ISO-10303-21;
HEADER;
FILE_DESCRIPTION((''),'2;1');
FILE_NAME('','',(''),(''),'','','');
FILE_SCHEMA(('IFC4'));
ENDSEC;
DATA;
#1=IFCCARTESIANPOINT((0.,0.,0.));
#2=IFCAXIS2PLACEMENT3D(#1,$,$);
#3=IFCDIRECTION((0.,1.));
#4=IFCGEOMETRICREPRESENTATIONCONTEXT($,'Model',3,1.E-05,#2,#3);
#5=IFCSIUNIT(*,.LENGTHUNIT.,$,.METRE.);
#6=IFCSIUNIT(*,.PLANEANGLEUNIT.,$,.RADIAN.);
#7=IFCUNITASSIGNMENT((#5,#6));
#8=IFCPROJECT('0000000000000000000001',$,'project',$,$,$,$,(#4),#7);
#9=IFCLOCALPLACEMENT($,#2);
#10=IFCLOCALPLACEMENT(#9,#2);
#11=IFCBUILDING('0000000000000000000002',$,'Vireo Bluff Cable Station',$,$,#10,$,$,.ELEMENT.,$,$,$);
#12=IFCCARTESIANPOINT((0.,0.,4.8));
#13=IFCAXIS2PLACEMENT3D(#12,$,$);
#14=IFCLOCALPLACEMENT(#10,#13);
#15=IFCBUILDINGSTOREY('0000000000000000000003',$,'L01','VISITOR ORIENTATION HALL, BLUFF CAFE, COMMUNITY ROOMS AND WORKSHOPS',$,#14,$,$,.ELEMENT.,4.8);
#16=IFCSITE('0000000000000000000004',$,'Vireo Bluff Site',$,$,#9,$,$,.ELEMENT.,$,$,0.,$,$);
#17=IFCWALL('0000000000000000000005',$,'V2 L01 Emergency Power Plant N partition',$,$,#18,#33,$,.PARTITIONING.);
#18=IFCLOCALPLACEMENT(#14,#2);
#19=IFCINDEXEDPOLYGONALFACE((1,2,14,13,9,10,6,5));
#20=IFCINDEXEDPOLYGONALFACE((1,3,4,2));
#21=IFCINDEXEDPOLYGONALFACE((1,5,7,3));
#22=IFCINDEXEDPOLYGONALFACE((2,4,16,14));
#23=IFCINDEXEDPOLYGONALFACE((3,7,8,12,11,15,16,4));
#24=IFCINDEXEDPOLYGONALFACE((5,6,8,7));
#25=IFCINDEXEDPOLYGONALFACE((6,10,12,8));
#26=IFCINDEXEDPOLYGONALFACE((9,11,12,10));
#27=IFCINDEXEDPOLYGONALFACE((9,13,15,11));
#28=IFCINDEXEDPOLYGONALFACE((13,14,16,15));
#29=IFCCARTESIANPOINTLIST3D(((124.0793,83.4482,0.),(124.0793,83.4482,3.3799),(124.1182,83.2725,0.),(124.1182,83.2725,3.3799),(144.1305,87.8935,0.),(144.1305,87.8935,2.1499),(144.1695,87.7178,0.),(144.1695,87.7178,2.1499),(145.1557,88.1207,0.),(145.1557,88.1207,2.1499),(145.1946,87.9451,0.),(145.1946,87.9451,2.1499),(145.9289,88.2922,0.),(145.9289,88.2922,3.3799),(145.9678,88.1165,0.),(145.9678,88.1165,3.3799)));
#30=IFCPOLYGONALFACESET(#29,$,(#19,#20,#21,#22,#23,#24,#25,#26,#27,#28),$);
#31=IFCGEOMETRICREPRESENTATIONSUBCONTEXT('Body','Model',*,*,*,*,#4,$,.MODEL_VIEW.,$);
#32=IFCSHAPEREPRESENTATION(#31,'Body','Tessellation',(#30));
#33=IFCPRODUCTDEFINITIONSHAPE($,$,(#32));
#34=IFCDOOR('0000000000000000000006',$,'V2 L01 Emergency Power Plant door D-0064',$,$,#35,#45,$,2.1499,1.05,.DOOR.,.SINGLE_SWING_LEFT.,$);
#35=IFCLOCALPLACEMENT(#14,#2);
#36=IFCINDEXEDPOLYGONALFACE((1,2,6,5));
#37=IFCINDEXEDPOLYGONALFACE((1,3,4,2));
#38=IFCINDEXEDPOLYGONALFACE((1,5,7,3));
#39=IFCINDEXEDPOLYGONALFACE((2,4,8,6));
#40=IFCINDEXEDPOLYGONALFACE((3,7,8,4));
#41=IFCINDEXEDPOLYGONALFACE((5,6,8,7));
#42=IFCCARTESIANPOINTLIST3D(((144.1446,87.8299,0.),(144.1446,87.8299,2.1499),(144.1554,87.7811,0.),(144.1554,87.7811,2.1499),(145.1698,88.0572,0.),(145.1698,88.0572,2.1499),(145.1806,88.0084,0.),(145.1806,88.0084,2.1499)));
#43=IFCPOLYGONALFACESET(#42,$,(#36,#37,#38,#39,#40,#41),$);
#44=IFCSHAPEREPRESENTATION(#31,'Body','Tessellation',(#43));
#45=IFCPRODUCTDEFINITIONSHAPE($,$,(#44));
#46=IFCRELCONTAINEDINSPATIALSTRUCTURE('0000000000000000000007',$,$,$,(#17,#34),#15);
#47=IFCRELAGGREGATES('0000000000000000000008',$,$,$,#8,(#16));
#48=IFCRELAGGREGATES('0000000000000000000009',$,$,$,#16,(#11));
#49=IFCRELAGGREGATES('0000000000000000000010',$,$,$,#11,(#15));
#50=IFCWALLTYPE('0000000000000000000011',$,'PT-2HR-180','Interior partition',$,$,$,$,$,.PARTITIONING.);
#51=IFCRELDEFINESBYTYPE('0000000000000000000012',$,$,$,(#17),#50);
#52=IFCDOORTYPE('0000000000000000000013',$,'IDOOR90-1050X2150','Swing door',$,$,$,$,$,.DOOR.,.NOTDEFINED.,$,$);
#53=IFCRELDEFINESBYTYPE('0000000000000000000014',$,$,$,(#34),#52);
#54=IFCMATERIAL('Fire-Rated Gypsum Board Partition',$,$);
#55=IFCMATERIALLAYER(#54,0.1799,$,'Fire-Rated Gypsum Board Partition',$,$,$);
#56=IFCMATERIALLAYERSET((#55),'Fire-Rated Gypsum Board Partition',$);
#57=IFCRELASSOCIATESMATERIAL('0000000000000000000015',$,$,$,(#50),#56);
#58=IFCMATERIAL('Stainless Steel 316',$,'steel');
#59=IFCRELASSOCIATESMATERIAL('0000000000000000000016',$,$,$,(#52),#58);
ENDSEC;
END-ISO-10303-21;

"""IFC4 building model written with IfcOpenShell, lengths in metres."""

from ifc_helpers import new_model, si_unit, direction, frame, frame_2d, origin, origin_with_axes, place, context, subcontext, project, spatial, rectangle, extrude, material, layer, layer_set, type_object, element, fill, save


model = new_model("IFC4")

# Units and contexts
model_context = context("Model", 3, precision=1e-05, world=origin(), true_north=direction((0.0, 1.0)))
body_context = subcontext(model_context, "Body", "Model", "MODEL_VIEW")
ifc_project = project(units=[si_unit("LENGTHUNIT", "METRE"), si_unit("PLANEANGLEUNIT", "RADIAN")], contexts=[model_context])

# Site, building, storey
site_placement = place(None, origin())
site = spatial("IfcSite", under=ifc_project, at=site_placement, Name="Vireo Bluff Site", CompositionType="ELEMENT", RefElevation=0.0)
building_placement = place(site_placement, origin())
building = spatial("IfcBuilding", under=site, at=building_placement, Name="Vireo Bluff Cable Station", CompositionType="ELEMENT")
storey_placement = place(building_placement, frame((0.0, 0.0, 4.8)))
storey = spatial("IfcBuildingStorey", under=building, at=storey_placement, Name="L01", Description="VISITOR ORIENTATION HALL, BLUFF CAFE, COMMUNITY ROOMS AND WORKSHOPS", CompositionType="ELEMENT", Elevation=4.8)

# Wall, opening, door
ifc_material_1 = material(Name="Fire-Rated Gypsum Board Partition")
ifc_layer_1 = layer(ifc_material_1, 0.1799, Name="Fire-Rated Gypsum Board Partition")
ifc_layer_set_1 = layer_set([ifc_layer_1], Name="Fire-Rated Gypsum Board Partition")
wall_type = type_object("IfcWallType", Name="PT-2HR-180", Description="Interior partition", PredefinedType="PARTITIONING", material=ifc_layer_set_1)
wall_placement = place(storey_placement, frame((124.0989, 83.3604, 0.0), z_axis=(0.0, 0.0, 1.0), x_axis=(0.976296, 0.216442, 0.0)))
wall = element("IfcWall", 1, at=wall_placement, inside=storey, type_object=wall_type, Name="V2 L01 Emergency Power Plant N partition", PredefinedType="PARTITIONING", context=body_context, shape_type="SweptSolid", body=[
    extrude(rectangle(XDim=22.3801, YDim=0.1799, at=frame_2d((11.1899, 0.0))), origin(), (0.0, 0.0, 1.0), 3.3799),
])
opening_placement = place(wall_placement, frame((20.5381, 0.0, 0.0)))
opening = element("IfcOpeningElement", 2, at=opening_placement, cuts=wall, PredefinedType="OPENING", context=body_context, shape_type="SweptSolid", body=[
    extrude(rectangle(XDim=1.05, YDim=2.1499, at=frame_2d((0.5249, 1.075))), frame((0.0, 0.1001, 0.0), z_axis=(0.0, -1.0, 0.0), x_axis=(1.0, 0.0, 0.0)), (0.0, 0.0, 1.0), 0.2),
])
ifc_material_2 = material(Name="Stainless Steel 316", Category="steel")
door_type = type_object("IfcDoorType", Name="IDOOR90-1050X2150", Description="Swing door", OperationType="NOTDEFINED", PredefinedType="DOOR", material=ifc_material_2)
door_placement = place(opening_placement, origin_with_axes())
door = element("IfcDoor", 3, at=door_placement, inside=storey, type_object=door_type, Name="V2 L01 Emergency Power Plant door D-0064", OperationType="SINGLE_SWING_LEFT", OverallHeight=2.1499, OverallWidth=1.05, PredefinedType="DOOR", context=body_context, shape_type="SweptSolid", body=[
    extrude(rectangle(XDim=1.05, YDim=2.1499, at=frame_2d((0.5249, 1.075))), frame((0.0, 0.0249, 0.0), z_axis=(0.0, -1.0, 0.0), x_axis=(1.0, 0.0, 0.0)), (0.0, 0.0, 1.0), 0.05),
])
fill(opening, door)

save(model, "model.ifc")
